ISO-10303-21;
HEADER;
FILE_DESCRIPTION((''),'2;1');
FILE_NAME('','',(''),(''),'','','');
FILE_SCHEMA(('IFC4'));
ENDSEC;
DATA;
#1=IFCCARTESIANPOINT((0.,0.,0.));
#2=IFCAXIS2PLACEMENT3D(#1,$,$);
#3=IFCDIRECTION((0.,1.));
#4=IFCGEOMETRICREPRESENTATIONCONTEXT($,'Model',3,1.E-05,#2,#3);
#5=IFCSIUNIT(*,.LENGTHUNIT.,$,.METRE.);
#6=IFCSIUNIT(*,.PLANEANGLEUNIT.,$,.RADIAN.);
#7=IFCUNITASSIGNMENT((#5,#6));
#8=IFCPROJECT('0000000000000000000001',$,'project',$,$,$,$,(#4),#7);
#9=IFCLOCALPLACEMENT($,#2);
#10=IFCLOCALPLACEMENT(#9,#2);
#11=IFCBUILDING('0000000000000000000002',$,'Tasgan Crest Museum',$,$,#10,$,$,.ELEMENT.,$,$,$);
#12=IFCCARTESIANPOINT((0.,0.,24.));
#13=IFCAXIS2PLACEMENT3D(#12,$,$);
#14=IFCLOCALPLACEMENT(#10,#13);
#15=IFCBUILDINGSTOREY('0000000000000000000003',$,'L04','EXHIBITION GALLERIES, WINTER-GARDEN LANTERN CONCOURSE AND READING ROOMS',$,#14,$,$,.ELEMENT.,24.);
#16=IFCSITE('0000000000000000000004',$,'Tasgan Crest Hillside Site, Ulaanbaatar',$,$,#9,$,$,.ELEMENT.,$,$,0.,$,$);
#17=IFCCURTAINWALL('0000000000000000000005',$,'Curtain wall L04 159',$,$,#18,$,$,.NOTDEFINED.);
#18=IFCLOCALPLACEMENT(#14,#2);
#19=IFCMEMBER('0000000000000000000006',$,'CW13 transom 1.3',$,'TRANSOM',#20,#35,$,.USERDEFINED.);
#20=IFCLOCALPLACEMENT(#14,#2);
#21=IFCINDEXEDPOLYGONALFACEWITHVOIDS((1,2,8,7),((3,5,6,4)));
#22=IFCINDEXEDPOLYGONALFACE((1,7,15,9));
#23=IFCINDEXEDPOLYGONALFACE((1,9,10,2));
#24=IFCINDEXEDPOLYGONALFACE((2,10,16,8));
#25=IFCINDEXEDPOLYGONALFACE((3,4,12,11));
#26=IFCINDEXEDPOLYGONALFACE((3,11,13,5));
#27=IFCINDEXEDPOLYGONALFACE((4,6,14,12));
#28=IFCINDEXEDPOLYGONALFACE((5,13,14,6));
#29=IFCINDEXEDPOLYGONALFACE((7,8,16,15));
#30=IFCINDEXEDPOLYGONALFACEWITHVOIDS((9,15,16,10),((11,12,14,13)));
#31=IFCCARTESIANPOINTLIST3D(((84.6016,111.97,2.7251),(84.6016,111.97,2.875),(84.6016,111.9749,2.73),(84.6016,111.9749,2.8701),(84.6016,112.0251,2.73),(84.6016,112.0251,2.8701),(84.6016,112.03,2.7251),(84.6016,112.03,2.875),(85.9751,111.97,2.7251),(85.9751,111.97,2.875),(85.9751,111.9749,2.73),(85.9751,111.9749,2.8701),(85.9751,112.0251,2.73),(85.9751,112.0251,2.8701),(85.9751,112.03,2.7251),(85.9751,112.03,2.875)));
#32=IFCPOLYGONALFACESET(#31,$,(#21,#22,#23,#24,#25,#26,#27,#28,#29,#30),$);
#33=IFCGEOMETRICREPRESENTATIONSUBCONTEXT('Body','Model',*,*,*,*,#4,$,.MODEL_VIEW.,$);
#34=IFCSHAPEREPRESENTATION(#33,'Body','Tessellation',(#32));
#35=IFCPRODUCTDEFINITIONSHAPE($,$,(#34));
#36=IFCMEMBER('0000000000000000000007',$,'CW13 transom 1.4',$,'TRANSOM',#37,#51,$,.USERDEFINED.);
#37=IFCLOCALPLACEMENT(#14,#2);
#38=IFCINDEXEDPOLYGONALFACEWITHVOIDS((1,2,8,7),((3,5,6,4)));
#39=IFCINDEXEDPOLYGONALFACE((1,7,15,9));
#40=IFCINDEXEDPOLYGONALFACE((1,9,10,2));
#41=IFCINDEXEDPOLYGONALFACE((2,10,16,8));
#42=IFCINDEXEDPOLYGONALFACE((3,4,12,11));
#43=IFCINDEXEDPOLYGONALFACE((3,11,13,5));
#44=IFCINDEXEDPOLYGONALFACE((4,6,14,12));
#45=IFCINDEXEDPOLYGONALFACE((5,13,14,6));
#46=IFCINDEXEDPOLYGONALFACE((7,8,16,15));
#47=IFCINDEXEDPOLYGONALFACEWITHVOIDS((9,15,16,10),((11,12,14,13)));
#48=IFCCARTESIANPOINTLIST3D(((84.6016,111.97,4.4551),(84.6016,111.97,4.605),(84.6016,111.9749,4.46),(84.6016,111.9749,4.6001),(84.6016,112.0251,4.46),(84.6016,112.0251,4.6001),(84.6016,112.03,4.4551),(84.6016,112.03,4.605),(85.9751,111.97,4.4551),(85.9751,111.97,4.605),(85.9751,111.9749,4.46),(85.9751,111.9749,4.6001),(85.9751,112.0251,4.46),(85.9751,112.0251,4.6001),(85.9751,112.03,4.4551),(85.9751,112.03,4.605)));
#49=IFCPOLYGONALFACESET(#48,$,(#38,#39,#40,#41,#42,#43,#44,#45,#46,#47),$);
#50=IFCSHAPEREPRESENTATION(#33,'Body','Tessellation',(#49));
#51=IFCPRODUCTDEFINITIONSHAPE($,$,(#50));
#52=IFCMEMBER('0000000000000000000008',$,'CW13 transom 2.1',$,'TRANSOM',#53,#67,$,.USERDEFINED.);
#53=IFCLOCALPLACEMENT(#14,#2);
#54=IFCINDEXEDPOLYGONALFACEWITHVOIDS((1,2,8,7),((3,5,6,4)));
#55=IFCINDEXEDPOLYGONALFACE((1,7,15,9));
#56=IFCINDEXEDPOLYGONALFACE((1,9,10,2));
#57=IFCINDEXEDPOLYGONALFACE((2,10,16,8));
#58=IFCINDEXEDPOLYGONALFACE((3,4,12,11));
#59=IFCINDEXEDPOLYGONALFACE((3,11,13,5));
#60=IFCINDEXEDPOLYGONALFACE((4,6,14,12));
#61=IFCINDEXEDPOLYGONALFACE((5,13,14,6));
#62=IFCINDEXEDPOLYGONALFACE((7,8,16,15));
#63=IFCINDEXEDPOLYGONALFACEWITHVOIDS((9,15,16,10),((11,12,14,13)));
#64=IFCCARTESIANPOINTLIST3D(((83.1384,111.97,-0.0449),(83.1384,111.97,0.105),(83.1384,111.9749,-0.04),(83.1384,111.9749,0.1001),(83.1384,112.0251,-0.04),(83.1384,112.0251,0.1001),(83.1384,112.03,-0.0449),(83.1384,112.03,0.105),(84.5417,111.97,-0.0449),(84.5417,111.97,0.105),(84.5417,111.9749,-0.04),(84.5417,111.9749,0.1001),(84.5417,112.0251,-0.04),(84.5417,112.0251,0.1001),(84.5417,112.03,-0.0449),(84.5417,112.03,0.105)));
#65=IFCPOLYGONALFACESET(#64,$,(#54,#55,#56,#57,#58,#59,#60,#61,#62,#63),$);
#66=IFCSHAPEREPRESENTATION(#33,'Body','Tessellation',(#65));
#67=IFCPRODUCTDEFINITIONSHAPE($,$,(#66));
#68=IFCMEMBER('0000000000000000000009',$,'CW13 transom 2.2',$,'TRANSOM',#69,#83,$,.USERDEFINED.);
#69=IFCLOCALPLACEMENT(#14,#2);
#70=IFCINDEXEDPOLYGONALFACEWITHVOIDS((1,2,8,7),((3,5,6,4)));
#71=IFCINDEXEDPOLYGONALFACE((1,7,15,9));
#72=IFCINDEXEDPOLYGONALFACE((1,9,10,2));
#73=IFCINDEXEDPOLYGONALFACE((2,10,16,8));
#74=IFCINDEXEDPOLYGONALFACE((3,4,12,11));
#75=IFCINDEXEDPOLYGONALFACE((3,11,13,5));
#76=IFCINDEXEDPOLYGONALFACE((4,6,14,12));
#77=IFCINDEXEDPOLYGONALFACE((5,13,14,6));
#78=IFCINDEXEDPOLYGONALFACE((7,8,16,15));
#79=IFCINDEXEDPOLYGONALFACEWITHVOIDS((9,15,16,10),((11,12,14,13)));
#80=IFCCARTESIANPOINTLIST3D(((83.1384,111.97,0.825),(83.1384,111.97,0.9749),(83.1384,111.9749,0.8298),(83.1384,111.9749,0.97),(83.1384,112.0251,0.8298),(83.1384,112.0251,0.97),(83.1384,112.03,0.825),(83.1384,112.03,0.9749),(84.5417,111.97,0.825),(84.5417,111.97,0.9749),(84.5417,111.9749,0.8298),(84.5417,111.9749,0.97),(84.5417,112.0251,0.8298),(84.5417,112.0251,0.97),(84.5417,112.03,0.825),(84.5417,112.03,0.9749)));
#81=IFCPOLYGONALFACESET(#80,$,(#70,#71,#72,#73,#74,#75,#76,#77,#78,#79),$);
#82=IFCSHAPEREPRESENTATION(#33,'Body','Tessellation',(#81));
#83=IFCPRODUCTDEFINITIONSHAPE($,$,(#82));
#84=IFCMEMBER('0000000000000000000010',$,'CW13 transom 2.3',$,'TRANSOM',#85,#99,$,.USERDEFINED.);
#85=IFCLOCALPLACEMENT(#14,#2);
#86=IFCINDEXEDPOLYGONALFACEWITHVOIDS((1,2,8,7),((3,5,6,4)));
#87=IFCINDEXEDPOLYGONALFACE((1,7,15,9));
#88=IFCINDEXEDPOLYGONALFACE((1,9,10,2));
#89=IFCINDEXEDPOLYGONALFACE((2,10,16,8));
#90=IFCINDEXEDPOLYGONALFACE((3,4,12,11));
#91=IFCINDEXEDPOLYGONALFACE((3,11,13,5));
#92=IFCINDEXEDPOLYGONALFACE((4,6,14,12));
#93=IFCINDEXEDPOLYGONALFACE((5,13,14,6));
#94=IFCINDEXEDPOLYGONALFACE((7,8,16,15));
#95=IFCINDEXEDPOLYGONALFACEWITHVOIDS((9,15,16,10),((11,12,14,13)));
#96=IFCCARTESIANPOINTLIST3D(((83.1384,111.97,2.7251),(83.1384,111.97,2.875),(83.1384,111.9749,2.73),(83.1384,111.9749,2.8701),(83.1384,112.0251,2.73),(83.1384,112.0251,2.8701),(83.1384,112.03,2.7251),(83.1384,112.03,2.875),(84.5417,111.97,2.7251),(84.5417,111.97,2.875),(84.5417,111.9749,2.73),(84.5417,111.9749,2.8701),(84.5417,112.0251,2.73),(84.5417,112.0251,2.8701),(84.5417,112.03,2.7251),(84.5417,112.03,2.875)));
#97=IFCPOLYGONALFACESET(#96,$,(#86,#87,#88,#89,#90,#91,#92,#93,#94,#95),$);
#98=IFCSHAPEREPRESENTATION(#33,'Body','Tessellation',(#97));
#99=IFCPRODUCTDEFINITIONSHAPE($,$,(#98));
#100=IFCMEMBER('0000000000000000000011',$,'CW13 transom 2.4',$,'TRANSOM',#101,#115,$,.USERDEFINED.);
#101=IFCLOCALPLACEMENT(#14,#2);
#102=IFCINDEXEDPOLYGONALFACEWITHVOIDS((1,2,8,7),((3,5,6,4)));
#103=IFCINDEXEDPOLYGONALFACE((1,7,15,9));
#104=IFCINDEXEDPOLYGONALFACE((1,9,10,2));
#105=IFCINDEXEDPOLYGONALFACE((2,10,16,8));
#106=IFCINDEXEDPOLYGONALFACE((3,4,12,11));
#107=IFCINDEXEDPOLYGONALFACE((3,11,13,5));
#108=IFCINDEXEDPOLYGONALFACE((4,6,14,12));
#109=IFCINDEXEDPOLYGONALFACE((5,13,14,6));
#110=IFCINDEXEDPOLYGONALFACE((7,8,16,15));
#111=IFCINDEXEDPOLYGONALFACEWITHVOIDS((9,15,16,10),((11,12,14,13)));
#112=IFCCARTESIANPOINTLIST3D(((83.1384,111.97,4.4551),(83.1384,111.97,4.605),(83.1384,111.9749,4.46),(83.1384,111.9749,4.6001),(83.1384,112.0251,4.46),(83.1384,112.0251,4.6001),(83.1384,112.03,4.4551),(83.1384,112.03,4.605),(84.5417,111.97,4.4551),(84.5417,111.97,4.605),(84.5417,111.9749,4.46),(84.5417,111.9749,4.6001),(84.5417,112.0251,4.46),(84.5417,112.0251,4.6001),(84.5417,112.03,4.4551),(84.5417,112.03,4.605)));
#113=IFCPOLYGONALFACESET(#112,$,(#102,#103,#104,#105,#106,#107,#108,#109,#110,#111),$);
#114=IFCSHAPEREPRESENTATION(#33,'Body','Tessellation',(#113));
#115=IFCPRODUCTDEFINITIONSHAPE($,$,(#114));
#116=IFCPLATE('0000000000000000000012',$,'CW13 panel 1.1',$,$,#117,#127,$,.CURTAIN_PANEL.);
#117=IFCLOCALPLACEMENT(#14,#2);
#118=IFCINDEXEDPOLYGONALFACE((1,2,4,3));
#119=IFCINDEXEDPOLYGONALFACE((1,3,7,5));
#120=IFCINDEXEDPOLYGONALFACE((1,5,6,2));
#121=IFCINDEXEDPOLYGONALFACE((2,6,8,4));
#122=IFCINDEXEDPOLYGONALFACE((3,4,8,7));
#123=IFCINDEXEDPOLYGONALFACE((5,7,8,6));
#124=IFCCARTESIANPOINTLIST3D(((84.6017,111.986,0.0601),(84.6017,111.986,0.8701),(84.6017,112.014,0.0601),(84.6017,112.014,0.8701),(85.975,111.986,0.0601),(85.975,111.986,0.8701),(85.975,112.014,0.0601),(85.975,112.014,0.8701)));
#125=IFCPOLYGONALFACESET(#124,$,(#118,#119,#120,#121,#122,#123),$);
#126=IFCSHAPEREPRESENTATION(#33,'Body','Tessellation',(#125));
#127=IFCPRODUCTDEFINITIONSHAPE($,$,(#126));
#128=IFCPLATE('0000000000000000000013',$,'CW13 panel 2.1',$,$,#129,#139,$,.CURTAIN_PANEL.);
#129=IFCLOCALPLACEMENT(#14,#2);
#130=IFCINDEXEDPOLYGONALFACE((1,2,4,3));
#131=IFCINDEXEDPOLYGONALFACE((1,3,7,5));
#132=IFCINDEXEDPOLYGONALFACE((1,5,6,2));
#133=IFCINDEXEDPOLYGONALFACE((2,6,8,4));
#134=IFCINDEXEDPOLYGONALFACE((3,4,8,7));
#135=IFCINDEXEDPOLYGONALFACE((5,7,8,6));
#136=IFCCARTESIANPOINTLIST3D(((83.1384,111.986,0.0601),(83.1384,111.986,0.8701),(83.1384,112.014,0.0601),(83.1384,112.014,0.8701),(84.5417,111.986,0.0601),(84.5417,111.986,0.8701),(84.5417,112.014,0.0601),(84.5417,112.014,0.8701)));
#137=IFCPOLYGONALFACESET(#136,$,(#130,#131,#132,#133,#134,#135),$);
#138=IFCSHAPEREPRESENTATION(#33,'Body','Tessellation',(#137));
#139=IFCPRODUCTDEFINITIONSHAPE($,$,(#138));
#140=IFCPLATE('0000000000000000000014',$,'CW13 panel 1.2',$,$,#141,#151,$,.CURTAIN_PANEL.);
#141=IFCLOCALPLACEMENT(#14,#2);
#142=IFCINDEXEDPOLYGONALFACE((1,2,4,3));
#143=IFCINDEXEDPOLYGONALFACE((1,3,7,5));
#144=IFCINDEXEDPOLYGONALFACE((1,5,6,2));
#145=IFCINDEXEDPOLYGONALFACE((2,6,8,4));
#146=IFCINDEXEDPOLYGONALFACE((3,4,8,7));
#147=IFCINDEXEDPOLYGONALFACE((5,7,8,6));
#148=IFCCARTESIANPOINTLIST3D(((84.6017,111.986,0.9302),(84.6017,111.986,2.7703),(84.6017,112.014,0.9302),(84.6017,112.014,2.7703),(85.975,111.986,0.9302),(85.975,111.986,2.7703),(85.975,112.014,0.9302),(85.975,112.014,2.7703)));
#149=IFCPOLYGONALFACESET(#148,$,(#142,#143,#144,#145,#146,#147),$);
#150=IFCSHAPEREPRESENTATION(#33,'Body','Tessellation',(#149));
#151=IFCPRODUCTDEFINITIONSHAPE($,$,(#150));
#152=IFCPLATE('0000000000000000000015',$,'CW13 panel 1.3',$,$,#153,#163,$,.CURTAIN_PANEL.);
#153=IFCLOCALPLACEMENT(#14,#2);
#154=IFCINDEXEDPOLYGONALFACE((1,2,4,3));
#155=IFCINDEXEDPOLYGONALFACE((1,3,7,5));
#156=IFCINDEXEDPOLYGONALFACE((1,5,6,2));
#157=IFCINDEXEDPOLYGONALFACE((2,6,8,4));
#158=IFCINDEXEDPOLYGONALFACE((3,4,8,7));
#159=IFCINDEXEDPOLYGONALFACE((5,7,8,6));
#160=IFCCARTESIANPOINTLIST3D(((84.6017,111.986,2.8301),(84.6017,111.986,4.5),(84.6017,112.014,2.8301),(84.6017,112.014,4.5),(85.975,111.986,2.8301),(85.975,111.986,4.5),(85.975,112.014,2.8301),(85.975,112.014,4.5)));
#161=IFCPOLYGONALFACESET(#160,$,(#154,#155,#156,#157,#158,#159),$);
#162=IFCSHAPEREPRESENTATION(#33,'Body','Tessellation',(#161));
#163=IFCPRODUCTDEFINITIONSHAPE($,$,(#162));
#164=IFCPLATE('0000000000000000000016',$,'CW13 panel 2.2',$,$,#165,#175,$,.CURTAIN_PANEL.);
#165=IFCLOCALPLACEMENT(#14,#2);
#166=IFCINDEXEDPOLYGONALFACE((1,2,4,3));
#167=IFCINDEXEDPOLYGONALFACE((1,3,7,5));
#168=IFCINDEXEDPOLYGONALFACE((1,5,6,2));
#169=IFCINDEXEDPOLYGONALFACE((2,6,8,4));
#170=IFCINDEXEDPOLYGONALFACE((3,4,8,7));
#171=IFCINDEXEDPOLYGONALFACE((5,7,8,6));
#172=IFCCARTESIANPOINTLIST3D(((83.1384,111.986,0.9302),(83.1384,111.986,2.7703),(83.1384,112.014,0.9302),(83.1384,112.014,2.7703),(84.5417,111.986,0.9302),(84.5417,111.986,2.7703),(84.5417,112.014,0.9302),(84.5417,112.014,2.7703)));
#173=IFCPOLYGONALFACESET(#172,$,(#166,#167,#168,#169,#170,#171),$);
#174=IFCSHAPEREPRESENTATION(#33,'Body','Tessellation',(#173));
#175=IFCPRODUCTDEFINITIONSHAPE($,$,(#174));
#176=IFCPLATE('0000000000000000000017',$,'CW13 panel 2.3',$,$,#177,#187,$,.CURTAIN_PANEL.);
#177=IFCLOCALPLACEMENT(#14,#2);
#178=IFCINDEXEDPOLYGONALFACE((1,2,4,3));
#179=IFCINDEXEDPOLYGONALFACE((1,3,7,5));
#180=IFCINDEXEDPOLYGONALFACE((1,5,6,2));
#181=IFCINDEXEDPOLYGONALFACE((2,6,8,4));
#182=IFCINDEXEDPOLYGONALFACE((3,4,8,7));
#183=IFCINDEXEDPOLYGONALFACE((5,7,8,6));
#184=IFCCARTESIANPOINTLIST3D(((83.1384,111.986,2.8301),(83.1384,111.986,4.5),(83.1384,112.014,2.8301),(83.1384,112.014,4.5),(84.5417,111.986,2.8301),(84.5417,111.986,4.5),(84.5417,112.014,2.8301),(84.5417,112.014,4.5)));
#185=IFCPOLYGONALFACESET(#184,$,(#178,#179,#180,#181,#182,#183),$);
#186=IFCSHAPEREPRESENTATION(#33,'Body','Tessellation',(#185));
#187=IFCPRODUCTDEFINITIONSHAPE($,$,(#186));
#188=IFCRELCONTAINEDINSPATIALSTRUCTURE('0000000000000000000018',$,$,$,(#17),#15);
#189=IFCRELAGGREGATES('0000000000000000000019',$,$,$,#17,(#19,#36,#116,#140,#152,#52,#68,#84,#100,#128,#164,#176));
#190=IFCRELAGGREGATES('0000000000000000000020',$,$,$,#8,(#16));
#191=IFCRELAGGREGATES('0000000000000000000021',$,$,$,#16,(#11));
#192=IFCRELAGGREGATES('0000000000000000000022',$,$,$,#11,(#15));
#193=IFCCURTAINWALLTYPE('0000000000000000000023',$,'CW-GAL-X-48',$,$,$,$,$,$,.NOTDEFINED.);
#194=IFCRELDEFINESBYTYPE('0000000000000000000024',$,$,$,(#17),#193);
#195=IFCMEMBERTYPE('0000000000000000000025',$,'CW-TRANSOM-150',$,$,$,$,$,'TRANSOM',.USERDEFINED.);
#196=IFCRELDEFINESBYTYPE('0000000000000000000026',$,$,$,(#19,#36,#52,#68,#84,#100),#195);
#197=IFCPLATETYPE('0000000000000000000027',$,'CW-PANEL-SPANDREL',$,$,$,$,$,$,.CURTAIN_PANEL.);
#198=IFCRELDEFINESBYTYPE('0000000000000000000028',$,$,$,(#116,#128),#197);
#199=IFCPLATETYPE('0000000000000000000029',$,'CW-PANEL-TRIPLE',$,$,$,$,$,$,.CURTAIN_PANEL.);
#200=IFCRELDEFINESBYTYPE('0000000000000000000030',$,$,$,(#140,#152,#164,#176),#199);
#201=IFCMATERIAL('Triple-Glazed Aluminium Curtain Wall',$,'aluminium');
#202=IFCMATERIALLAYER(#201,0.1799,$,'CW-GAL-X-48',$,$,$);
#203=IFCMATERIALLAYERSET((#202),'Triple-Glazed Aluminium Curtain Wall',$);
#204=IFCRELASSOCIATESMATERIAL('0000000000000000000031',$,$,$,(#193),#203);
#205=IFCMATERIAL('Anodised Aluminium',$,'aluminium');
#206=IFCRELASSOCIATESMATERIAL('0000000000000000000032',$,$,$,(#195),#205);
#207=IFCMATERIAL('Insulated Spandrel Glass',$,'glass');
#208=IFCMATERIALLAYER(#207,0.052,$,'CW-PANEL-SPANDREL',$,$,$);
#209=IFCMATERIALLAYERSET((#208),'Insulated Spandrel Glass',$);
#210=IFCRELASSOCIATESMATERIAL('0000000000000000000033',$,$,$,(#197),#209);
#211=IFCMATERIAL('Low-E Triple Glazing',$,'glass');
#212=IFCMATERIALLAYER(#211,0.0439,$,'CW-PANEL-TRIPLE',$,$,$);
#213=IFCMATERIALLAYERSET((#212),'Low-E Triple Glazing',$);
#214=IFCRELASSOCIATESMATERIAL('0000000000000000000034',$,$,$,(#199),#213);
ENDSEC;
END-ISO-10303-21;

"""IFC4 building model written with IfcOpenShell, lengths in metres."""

from ifc_helpers import new_model, si_unit, direction, frame, origin, origin_2d, place, context, subcontext, project, spatial, rectangle, hollow_rectangle, extrude, material, layer, layer_set, material_profile, profile_set, type_object, element, aggregate, save


model = new_model("IFC4")

# Units and contexts
model_context = context("Model", 3, precision=1e-05, world=origin(), true_north=direction((0.0, 1.0)))
body_context = subcontext(model_context, "Body", "Model", "MODEL_VIEW")
ifc_project = project(units=[si_unit("LENGTHUNIT", "METRE"), si_unit("PLANEANGLEUNIT", "RADIAN")], contexts=[model_context])

# Site, building, storey
site_placement = place(None, origin())
site = spatial("IfcSite", under=ifc_project, at=site_placement, Name="Tasgan Crest Hillside Site, Ulaanbaatar", CompositionType="ELEMENT", RefElevation=0.0)
building_placement = place(site_placement, origin())
building = spatial("IfcBuilding", under=site, at=building_placement, Name="Tasgan Crest Museum", CompositionType="ELEMENT")
storey_placement = place(building_placement, frame((0.0, 0.0, 24.0)))
storey = spatial("IfcBuildingStorey", under=building, at=storey_placement, Name="L04", Description="EXHIBITION GALLERIES, WINTER-GARDEN LANTERN CONCOURSE AND READING ROOMS", CompositionType="ELEMENT", Elevation=24.0)

# Curtain wall, members, plates
ifc_material_1 = material(Name="Triple-Glazed Aluminium Curtain Wall", Category="aluminium")
ifc_layer_1 = layer(ifc_material_1, 0.1799, Name="CW-GAL-X-48")
ifc_layer_set_1 = layer_set([ifc_layer_1], Name="Triple-Glazed Aluminium Curtain Wall")
curtain_wall_type = type_object("IfcCurtainWallType", Name="CW-GAL-X-48", PredefinedType="NOTDEFINED", material=ifc_layer_set_1)
curtain_wall_placement = place(storey_placement, origin())
curtain_wall = element("IfcCurtainWall", 1, at=curtain_wall_placement, inside=storey, type_object=curtain_wall_type, Name="Curtain wall L04 159", PredefinedType="NOTDEFINED")
ifc_material_2 = material(Name="Anodised Aluminium", Category="aluminium")
ifc_material_profile_1 = material_profile(ifc_material_2, hollow_rectangle(XDim=0.0601, YDim=0.1499, WallThickness=0.0049, at=origin_2d()), Name="ALU TRANSOM 150x60x5")
ifc_profile_set_1 = profile_set([ifc_material_profile_1], Name="Anodised Aluminium")
member_type_1 = type_object("IfcMemberType", Name="CW-TRANSOM-150", ElementType="TRANSOM", PredefinedType="USERDEFINED", material=ifc_profile_set_1)
member_1_placement = place(storey_placement, frame((85.9751, 112.0, 2.8), z_axis=(-1.0, 0.0, 0.0), x_axis=(0.0, -1.0, 0.0)))
member_1 = element("IfcMember", 2, at=member_1_placement, type_object=member_type_1, Name="CW13 transom 1.3", ObjectType="TRANSOM", PredefinedType="USERDEFINED", context=body_context, shape_type="SweptSolid", body=[
    extrude(hollow_rectangle(XDim=0.0601, YDim=0.1499, WallThickness=0.0049, at=origin_2d()), origin(), (0.0, 0.0, 1.0), 1.3735),
])
member_2_placement = place(storey_placement, frame((85.9751, 112.0, 4.53), z_axis=(-1.0, 0.0, 0.0), x_axis=(0.0, -1.0, 0.0)))
member_2 = element("IfcMember", 3, at=member_2_placement, type_object=member_type_1, Name="CW13 transom 1.4", ObjectType="TRANSOM", PredefinedType="USERDEFINED", context=body_context, shape_type="SweptSolid", body=[
    extrude(hollow_rectangle(XDim=0.0601, YDim=0.1499, WallThickness=0.0049, at=origin_2d()), origin(), (0.0, 0.0, 1.0), 1.3735),
])
member_3_placement = place(storey_placement, frame((84.5417, 112.0, 0.03), z_axis=(-1.0, 0.0, 0.0), x_axis=(0.0, -1.0, 0.0)))
member_3 = element("IfcMember", 4, at=member_3_placement, type_object=member_type_1, Name="CW13 transom 2.1", ObjectType="TRANSOM", PredefinedType="USERDEFINED", context=body_context, shape_type="SweptSolid", body=[
    extrude(hollow_rectangle(XDim=0.0601, YDim=0.1499, WallThickness=0.0049, at=origin_2d()), origin(), (0.0, 0.0, 1.0), 1.4033),
])
member_4_placement = place(storey_placement, frame((84.5417, 112.0, 0.8999), z_axis=(-1.0, 0.0, 0.0), x_axis=(0.0, -1.0, 0.0)))
member_4 = element("IfcMember", 5, at=member_4_placement, type_object=member_type_1, Name="CW13 transom 2.2", ObjectType="TRANSOM", PredefinedType="USERDEFINED", context=body_context, shape_type="SweptSolid", body=[
    extrude(hollow_rectangle(XDim=0.0601, YDim=0.1499, WallThickness=0.0049, at=origin_2d()), origin(), (0.0, 0.0, 1.0), 1.4033),
])
member_5_placement = place(storey_placement, frame((84.5417, 112.0, 2.8), z_axis=(-1.0, 0.0, 0.0), x_axis=(0.0, -1.0, 0.0)))
member_5 = element("IfcMember", 6, at=member_5_placement, type_object=member_type_1, Name="CW13 transom 2.3", ObjectType="TRANSOM", PredefinedType="USERDEFINED", context=body_context, shape_type="SweptSolid", body=[
    extrude(hollow_rectangle(XDim=0.0601, YDim=0.1499, WallThickness=0.0049, at=origin_2d()), origin(), (0.0, 0.0, 1.0), 1.4033),
])
member_6_placement = place(storey_placement, frame((84.5417, 112.0, 4.53), z_axis=(-1.0, 0.0, 0.0), x_axis=(0.0, -1.0, 0.0)))
member_6 = element("IfcMember", 7, at=member_6_placement, type_object=member_type_1, Name="CW13 transom 2.4", ObjectType="TRANSOM", PredefinedType="USERDEFINED", context=body_context, shape_type="SweptSolid", body=[
    extrude(hollow_rectangle(XDim=0.0601, YDim=0.1499, WallThickness=0.0049, at=origin_2d()), origin(), (0.0, 0.0, 1.0), 1.4033),
])
ifc_material_3 = material(Name="Insulated Spandrel Glass", Category="glass")
ifc_layer_2 = layer(ifc_material_3, 0.052, Name="CW-PANEL-SPANDREL")
ifc_layer_set_2 = layer_set([ifc_layer_2], Name="Insulated Spandrel Glass")
plate_type_1 = type_object("IfcPlateType", Name="CW-PANEL-SPANDREL", PredefinedType="CURTAIN_PANEL", material=ifc_layer_set_2)
plate_1_placement = place(storey_placement, frame((85.2883, 112.0, 0.0601), z_axis=(0.0, 0.0, 1.0), x_axis=(-1.0, 0.0, 0.0)))
plate_1 = element("IfcPlate", 8, at=plate_1_placement, type_object=plate_type_1, Name="CW13 panel 1.1", PredefinedType="CURTAIN_PANEL", context=body_context, shape_type="SweptSolid", body=[
    extrude(rectangle(XDim=1.3733, YDim=0.0281, at=origin_2d()), origin(), (0.0, 0.0, 1.0), 0.8101),
])
plate_2_placement = place(storey_placement, frame((83.8401, 112.0, 0.0601), z_axis=(0.0, 0.0, 1.0), x_axis=(-1.0, 0.0, 0.0)))
plate_2 = element("IfcPlate", 9, at=plate_2_placement, type_object=plate_type_1, Name="CW13 panel 2.1", PredefinedType="CURTAIN_PANEL", context=body_context, shape_type="SweptSolid", body=[
    extrude(rectangle(XDim=1.4033, YDim=0.0281, at=origin_2d()), origin(), (0.0, 0.0, 1.0), 0.8101),
])
ifc_material_4 = material(Name="Low-E Triple Glazing", Category="glass")
ifc_layer_3 = layer(ifc_material_4, 0.0439, Name="CW-PANEL-TRIPLE")
ifc_layer_set_3 = layer_set([ifc_layer_3], Name="Low-E Triple Glazing")
plate_type_2 = type_object("IfcPlateType", Name="CW-PANEL-TRIPLE", PredefinedType="CURTAIN_PANEL", material=ifc_layer_set_3)
plate_3_placement = place(storey_placement, frame((85.2883, 112.0, 0.9302), z_axis=(0.0, 0.0, 1.0), x_axis=(-1.0, 0.0, 0.0)))
plate_3 = element("IfcPlate", 10, at=plate_3_placement, type_object=plate_type_2, Name="CW13 panel 1.2", PredefinedType="CURTAIN_PANEL", context=body_context, shape_type="SweptSolid", body=[
    extrude(rectangle(XDim=1.3733, YDim=0.0281, at=origin_2d()), origin(), (0.0, 0.0, 1.0), 1.8401),
])
plate_4_placement = place(storey_placement, frame((85.2883, 112.0, 2.8301), z_axis=(0.0, 0.0, 1.0), x_axis=(-1.0, 0.0, 0.0)))
plate_4 = element("IfcPlate", 11, at=plate_4_placement, type_object=plate_type_2, Name="CW13 panel 1.3", PredefinedType="CURTAIN_PANEL", context=body_context, shape_type="SweptSolid", body=[
    extrude(rectangle(XDim=1.3733, YDim=0.0281, at=origin_2d()), origin(), (0.0, 0.0, 1.0), 1.6699),
])
plate_5_placement = place(storey_placement, frame((83.8401, 112.0, 0.9302), z_axis=(0.0, 0.0, 1.0), x_axis=(-1.0, 0.0, 0.0)))
plate_5 = element("IfcPlate", 12, at=plate_5_placement, type_object=plate_type_2, Name="CW13 panel 2.2", PredefinedType="CURTAIN_PANEL", context=body_context, shape_type="SweptSolid", body=[
    extrude(rectangle(XDim=1.4033, YDim=0.0281, at=origin_2d()), origin(), (0.0, 0.0, 1.0), 1.8401),
])
plate_6_placement = place(storey_placement, frame((83.8401, 112.0, 2.8301), z_axis=(0.0, 0.0, 1.0), x_axis=(-1.0, 0.0, 0.0)))
plate_6 = element("IfcPlate", 13, at=plate_6_placement, type_object=plate_type_2, Name="CW13 panel 2.3", PredefinedType="CURTAIN_PANEL", context=body_context, shape_type="SweptSolid", body=[
    extrude(rectangle(XDim=1.4033, YDim=0.0281, at=origin_2d()), origin(), (0.0, 0.0, 1.0), 1.6699),
])
aggregate(curtain_wall, [member_1, member_2, plate_1, plate_3, plate_4, member_3, member_4, member_5, member_6, plate_2, plate_5, plate_6])

save(model, "model.ifc")
